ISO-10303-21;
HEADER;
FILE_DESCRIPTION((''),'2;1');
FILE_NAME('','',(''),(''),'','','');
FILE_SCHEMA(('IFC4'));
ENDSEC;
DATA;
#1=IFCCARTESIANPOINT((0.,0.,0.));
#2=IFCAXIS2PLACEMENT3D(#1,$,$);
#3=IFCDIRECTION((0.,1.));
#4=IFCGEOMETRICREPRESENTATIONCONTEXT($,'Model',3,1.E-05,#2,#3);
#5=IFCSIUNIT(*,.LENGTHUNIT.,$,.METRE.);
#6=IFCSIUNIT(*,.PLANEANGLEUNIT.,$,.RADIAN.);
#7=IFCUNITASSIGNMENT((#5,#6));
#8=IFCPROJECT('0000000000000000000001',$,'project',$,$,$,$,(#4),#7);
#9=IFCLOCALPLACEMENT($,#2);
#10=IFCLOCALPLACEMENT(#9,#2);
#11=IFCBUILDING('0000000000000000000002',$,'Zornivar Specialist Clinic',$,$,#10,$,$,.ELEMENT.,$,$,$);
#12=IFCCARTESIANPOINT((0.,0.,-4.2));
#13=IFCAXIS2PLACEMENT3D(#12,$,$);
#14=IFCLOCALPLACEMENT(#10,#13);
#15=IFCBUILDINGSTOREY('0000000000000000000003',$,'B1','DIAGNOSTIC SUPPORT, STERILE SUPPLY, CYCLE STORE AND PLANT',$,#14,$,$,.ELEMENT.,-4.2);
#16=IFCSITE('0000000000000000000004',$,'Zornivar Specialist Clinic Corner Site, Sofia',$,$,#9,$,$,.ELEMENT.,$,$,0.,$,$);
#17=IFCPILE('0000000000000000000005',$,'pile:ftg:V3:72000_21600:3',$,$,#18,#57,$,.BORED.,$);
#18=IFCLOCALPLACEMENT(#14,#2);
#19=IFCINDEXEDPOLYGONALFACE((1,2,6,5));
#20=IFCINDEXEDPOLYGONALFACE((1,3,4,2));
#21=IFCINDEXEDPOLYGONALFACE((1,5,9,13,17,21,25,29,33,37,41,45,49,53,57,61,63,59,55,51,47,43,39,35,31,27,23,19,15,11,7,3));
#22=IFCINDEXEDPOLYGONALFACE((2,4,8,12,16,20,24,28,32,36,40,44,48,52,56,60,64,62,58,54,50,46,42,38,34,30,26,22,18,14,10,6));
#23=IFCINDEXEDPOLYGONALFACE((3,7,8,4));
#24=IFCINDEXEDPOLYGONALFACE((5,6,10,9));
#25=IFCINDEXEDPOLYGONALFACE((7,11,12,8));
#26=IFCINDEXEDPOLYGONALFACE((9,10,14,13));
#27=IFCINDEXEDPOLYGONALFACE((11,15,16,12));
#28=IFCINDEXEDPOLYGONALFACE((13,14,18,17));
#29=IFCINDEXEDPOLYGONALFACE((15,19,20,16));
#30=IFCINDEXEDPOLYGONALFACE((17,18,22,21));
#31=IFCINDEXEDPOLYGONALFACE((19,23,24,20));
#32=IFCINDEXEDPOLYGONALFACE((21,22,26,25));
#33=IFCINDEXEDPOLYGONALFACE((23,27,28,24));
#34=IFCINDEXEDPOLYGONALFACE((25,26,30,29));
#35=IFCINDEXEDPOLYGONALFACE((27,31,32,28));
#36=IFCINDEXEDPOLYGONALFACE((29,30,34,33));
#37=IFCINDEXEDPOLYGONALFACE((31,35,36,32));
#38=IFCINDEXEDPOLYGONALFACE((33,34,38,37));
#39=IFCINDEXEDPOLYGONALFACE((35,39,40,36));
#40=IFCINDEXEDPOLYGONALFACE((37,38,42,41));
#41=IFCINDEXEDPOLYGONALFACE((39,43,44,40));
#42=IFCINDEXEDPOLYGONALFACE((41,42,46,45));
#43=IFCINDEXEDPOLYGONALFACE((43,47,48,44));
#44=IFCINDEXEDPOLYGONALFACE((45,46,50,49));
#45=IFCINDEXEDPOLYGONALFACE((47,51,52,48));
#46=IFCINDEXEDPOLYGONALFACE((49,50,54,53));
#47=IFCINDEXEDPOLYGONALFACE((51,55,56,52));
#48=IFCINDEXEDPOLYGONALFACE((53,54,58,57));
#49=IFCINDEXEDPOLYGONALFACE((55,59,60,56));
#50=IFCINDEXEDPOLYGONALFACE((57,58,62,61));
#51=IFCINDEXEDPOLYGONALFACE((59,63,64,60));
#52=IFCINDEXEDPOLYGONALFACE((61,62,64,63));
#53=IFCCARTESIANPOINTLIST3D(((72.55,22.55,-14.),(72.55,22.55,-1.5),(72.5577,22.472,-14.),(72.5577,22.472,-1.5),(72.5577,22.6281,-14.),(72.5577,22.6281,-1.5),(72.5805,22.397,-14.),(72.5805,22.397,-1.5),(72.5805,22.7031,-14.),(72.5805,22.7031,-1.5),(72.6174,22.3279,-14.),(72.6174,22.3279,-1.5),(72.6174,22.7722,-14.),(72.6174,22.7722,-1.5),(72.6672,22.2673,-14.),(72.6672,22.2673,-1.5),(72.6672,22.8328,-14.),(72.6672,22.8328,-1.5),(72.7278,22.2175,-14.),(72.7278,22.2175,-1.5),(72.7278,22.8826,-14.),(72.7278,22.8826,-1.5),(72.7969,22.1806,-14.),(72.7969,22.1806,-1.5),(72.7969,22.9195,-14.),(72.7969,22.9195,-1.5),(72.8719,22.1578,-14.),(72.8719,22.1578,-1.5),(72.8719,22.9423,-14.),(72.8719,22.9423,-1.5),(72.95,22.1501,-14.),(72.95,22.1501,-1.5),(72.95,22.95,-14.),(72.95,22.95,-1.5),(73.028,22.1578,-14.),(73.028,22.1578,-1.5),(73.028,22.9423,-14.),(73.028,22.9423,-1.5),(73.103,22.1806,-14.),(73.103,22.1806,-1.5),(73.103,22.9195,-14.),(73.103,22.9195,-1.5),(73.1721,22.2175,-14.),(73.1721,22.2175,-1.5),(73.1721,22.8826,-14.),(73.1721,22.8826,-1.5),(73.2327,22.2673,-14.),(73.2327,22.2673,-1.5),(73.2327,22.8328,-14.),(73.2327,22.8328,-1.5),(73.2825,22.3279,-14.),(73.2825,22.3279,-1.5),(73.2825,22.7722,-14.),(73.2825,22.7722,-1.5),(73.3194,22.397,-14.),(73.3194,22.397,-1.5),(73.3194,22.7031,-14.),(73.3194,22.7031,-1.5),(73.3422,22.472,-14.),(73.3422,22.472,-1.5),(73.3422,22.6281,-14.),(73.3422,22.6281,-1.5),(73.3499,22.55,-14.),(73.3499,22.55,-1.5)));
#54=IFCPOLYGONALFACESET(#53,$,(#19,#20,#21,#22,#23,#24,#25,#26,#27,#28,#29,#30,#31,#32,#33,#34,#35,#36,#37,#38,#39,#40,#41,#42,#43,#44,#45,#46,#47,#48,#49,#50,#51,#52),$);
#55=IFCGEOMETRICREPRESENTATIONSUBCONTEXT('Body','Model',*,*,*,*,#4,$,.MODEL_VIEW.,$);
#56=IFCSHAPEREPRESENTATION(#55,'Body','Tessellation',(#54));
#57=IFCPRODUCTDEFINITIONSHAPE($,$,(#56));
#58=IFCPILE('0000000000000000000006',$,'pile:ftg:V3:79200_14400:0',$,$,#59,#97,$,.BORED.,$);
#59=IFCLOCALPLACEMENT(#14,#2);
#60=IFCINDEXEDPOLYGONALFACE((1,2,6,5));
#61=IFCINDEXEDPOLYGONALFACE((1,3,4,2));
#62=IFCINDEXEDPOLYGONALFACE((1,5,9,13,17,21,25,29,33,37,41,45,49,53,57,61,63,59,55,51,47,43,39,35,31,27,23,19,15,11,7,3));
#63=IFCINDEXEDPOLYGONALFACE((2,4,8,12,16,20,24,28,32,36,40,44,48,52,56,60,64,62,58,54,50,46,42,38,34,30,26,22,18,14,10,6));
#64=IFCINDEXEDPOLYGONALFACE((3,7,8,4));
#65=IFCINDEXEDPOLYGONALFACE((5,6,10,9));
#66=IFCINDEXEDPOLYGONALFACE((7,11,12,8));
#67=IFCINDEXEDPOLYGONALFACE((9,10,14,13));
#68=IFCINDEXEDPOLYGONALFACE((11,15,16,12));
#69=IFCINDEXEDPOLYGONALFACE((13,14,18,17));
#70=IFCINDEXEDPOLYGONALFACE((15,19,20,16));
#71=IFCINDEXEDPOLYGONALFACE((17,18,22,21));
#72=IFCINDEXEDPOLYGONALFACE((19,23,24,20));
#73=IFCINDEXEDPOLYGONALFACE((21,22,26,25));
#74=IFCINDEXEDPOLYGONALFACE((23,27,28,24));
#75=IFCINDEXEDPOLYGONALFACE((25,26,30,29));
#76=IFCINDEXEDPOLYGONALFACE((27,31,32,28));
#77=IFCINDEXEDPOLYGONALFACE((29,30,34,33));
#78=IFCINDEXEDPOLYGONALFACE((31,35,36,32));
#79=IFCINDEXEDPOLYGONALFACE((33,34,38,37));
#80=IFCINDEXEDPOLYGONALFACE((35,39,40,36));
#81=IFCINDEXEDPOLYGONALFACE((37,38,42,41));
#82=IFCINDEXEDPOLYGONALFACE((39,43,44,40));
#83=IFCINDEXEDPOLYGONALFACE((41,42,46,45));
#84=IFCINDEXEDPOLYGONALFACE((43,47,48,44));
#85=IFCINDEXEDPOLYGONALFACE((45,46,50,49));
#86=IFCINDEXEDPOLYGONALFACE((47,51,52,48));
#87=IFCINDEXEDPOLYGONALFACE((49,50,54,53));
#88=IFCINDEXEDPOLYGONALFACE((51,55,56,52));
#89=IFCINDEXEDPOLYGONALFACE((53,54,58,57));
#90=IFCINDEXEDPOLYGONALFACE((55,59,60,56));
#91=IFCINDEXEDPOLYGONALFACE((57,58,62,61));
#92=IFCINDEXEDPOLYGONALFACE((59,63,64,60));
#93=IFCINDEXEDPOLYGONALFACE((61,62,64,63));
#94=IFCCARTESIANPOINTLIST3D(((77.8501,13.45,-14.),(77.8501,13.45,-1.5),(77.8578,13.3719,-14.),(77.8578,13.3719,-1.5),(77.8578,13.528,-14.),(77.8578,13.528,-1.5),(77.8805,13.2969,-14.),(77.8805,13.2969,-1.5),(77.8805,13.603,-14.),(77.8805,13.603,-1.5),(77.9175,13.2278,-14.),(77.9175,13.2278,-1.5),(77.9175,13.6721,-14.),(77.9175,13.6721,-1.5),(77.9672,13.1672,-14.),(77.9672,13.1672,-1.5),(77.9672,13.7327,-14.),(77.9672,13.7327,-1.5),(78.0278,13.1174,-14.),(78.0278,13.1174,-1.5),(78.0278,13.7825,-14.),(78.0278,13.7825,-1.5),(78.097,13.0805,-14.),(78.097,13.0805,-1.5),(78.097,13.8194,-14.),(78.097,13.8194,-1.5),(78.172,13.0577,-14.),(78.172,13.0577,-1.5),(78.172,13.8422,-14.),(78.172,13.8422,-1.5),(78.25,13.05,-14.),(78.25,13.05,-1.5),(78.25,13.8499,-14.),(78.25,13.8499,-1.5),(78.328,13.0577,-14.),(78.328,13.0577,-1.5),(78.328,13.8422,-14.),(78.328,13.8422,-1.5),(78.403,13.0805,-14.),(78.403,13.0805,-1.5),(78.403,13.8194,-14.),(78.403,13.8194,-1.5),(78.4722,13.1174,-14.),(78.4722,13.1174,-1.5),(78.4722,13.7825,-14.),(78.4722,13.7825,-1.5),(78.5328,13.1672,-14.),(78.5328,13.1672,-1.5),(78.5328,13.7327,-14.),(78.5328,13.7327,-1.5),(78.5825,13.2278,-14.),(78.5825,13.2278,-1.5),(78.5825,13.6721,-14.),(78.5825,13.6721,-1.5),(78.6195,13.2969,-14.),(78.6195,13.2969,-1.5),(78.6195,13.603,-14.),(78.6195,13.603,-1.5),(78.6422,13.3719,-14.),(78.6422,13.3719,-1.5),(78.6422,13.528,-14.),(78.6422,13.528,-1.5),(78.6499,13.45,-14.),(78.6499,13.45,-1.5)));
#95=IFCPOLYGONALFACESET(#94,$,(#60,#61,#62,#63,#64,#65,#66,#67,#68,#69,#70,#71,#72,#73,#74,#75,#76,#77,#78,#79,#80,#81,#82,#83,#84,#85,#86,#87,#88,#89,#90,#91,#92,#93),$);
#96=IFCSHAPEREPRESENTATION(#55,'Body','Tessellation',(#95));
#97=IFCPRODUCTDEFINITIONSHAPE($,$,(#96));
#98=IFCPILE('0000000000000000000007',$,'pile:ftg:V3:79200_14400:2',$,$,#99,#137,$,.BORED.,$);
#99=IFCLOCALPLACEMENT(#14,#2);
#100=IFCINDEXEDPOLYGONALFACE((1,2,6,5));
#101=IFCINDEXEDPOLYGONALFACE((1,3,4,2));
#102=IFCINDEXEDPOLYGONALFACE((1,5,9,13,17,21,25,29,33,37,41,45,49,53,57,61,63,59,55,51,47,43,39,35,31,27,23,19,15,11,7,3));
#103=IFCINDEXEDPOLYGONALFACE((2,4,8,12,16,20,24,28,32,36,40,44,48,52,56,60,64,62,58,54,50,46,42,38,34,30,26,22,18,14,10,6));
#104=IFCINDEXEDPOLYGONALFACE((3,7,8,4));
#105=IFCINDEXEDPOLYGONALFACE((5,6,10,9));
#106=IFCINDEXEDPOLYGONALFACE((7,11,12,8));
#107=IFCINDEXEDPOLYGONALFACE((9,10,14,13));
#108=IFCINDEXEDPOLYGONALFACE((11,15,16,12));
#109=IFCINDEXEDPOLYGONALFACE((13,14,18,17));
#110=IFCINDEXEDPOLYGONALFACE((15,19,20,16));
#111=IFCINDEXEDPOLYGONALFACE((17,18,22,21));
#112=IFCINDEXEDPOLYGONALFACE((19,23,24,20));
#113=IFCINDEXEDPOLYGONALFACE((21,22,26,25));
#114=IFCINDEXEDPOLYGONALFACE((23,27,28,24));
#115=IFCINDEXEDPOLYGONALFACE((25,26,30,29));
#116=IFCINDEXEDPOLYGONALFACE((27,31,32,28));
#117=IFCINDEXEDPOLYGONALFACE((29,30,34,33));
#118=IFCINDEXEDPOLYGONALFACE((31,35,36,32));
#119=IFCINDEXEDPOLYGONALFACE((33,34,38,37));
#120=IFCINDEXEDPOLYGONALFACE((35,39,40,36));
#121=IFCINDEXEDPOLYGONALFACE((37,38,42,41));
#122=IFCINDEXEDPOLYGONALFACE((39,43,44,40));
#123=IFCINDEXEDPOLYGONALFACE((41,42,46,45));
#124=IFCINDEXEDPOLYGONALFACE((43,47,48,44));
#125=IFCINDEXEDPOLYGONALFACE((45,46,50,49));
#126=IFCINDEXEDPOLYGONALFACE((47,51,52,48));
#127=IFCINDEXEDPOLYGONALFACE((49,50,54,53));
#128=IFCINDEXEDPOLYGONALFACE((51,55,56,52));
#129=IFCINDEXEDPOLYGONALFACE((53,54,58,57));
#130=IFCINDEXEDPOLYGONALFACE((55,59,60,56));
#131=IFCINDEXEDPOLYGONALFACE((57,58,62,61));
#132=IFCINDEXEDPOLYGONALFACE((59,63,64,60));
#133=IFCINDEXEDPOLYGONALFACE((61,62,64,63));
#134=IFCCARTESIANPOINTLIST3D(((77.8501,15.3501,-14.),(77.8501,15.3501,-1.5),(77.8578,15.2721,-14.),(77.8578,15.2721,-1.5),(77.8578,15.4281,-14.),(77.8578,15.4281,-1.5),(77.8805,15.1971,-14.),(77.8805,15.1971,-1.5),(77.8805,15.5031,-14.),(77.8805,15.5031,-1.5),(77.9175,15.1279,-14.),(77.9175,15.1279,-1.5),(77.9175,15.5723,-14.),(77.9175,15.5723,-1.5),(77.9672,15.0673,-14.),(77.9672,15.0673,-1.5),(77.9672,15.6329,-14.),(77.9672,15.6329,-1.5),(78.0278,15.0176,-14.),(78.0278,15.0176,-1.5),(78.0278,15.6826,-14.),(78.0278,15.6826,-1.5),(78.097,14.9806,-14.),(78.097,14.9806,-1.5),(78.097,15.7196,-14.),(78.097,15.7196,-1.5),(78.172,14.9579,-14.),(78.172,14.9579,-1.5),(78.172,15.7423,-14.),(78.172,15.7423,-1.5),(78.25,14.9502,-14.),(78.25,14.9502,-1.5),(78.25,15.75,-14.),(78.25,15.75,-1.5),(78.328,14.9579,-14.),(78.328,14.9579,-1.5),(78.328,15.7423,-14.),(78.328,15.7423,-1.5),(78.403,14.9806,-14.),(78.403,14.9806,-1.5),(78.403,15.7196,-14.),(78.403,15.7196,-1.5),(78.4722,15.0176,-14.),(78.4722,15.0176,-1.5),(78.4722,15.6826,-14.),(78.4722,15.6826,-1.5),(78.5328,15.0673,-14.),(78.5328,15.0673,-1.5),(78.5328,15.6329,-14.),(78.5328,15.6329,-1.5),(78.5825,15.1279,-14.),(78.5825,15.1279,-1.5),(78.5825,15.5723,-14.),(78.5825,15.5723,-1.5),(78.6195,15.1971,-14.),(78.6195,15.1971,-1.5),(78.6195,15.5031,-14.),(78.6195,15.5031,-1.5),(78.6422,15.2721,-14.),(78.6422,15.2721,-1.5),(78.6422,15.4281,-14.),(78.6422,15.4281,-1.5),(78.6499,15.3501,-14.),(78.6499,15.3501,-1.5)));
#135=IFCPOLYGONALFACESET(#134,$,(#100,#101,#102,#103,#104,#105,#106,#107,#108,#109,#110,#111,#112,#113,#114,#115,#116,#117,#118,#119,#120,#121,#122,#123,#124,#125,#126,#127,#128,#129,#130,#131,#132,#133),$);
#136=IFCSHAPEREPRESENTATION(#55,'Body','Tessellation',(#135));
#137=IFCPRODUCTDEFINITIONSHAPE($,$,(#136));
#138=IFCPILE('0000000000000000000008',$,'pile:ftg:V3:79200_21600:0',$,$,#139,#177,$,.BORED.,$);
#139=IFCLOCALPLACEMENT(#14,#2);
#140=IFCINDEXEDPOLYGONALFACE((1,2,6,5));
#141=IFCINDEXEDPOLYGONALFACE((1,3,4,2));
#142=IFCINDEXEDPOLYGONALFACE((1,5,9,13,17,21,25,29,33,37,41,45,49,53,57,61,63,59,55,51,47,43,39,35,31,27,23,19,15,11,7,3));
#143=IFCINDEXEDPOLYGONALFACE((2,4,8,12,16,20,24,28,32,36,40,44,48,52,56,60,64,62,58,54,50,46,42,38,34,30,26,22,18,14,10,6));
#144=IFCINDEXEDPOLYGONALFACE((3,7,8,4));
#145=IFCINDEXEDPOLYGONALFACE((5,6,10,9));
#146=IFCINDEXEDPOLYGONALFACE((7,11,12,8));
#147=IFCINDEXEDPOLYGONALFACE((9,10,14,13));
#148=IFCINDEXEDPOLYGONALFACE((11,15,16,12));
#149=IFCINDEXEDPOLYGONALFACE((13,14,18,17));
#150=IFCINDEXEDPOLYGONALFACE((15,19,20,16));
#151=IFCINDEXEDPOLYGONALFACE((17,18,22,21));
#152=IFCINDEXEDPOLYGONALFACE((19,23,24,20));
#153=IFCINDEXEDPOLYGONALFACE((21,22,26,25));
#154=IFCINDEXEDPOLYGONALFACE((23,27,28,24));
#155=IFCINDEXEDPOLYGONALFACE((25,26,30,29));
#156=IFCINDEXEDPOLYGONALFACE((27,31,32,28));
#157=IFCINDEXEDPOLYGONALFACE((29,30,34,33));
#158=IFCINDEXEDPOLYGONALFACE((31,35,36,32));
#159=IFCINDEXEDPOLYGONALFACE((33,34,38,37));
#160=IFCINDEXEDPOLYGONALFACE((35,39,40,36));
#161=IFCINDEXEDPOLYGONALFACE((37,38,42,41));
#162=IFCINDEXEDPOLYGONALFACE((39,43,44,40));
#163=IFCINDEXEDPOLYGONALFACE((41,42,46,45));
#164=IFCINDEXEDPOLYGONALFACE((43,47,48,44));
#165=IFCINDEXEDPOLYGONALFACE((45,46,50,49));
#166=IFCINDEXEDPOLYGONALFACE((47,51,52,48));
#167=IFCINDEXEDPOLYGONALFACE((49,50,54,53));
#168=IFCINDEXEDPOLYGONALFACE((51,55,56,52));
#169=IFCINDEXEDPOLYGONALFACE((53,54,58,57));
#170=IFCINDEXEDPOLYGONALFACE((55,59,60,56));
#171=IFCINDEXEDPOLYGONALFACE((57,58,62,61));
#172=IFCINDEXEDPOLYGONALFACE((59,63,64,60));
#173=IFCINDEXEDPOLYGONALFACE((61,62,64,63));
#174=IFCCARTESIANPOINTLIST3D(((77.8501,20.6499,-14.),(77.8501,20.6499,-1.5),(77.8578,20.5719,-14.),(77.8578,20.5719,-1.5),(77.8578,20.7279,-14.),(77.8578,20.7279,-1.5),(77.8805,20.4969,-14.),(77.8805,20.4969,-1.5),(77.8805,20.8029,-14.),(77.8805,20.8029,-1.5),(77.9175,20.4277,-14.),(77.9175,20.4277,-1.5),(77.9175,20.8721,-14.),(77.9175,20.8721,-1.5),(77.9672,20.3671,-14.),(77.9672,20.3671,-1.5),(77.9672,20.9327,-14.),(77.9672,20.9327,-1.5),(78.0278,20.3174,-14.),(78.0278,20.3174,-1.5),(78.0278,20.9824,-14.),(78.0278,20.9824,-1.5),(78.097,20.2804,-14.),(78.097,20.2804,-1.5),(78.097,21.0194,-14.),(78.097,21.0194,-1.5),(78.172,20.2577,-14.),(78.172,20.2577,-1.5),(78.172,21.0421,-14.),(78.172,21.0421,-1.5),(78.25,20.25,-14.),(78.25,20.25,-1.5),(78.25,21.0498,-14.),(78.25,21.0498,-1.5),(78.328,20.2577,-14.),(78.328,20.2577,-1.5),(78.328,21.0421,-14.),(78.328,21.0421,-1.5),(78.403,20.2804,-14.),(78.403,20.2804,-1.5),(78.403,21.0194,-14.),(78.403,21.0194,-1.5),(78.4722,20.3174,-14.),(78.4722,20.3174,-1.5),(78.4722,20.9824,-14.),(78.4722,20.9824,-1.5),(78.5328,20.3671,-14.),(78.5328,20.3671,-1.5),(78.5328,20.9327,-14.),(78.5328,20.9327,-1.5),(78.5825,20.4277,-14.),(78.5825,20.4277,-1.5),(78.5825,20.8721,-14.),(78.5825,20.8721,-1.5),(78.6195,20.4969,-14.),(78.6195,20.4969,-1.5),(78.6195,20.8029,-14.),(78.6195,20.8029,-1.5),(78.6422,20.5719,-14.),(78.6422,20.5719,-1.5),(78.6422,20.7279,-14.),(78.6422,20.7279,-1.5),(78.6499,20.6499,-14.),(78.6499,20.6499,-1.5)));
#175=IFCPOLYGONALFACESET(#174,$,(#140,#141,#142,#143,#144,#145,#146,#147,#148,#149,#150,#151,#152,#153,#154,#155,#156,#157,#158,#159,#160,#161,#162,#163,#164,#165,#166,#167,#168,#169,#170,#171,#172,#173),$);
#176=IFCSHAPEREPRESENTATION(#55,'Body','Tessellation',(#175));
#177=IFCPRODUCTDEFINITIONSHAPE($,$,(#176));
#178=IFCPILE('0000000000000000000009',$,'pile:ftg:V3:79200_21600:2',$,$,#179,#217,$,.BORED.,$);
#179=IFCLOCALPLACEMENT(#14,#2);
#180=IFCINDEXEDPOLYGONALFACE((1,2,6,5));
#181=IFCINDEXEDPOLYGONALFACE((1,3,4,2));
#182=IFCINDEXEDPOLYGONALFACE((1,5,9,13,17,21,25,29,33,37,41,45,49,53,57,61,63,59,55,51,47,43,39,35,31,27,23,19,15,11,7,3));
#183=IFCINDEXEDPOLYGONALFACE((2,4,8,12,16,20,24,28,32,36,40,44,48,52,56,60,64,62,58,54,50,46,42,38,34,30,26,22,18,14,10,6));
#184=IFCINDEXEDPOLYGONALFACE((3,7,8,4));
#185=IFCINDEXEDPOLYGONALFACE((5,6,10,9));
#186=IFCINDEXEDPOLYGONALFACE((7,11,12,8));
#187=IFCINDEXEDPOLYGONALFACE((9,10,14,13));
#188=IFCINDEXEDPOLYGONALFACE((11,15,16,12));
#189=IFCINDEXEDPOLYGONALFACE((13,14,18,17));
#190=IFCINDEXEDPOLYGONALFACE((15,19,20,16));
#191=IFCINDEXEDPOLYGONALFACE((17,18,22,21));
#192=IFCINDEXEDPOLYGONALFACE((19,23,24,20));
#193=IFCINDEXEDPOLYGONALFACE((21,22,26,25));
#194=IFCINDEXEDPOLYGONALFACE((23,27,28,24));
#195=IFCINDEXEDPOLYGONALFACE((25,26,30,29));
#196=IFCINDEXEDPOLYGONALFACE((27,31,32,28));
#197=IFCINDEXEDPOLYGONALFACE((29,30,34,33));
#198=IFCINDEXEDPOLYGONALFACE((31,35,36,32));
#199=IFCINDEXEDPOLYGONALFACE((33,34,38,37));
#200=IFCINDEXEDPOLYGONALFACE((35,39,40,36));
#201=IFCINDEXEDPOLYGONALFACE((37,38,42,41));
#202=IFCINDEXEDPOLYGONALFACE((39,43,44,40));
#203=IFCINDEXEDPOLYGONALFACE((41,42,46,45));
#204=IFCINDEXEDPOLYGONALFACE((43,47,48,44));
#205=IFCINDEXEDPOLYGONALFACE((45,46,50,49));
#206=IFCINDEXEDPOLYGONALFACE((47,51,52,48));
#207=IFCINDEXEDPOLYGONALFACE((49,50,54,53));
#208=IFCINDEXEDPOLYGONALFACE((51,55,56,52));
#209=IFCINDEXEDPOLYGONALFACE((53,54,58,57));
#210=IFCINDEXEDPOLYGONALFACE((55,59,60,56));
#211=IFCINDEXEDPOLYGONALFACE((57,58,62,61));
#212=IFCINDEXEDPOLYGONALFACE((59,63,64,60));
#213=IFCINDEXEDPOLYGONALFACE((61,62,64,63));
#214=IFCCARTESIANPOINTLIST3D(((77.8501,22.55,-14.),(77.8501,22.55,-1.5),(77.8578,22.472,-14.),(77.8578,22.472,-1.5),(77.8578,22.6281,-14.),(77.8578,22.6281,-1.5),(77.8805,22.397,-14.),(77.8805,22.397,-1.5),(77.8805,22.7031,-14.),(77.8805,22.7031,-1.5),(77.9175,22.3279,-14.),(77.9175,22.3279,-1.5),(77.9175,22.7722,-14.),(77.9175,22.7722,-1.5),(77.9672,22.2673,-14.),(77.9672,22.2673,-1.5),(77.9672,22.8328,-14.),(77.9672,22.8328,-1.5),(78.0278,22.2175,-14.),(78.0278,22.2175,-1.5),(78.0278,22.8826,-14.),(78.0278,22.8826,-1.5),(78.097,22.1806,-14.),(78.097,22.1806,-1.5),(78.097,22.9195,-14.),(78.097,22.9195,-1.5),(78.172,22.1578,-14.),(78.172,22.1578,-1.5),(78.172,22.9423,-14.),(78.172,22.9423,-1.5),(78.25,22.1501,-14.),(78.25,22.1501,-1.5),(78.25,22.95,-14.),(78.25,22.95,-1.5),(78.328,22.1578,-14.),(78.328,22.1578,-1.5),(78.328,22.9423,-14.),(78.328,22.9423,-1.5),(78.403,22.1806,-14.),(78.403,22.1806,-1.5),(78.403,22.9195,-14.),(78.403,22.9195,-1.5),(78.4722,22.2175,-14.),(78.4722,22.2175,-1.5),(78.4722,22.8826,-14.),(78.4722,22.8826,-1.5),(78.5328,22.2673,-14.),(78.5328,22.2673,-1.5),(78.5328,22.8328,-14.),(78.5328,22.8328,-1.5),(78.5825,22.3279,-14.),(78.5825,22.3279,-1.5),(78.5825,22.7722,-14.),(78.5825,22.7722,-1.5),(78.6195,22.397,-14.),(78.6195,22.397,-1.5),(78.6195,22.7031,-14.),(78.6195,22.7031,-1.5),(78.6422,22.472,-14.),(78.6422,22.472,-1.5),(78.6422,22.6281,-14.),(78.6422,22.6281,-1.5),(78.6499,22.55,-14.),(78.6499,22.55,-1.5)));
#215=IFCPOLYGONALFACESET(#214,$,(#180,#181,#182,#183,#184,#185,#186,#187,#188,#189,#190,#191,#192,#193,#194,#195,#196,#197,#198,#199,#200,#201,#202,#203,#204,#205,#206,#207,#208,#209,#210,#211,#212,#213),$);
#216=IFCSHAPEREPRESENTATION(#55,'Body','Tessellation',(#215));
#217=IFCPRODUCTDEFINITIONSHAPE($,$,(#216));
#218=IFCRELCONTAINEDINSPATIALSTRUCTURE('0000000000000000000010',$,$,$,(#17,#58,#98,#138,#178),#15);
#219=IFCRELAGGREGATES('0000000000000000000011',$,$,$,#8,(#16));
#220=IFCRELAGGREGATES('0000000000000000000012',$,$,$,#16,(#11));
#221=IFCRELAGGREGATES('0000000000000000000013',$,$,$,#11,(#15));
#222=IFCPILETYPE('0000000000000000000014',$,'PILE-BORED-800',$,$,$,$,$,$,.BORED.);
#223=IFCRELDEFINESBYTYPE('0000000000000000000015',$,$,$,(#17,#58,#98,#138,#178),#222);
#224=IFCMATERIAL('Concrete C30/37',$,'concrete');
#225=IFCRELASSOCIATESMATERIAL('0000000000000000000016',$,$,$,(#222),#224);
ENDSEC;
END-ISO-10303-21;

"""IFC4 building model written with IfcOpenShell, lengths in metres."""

from ifc_helpers import new_model, si_unit, direction, frame, origin, origin_2d, place, context, subcontext, project, spatial, circle, extrude, material, material_profile, profile_set, type_object, element, save


model = new_model("IFC4")

# Units and contexts
model_context = context("Model", 3, precision=1e-05, world=origin(), true_north=direction((0.0, 1.0)))
body_context = subcontext(model_context, "Body", "Model", "MODEL_VIEW")
ifc_project = project(units=[si_unit("LENGTHUNIT", "METRE"), si_unit("PLANEANGLEUNIT", "RADIAN")], contexts=[model_context])

# Site, building, storey
site_placement = place(None, origin())
site = spatial("IfcSite", under=ifc_project, at=site_placement, Name="Zornivar Specialist Clinic Corner Site, Sofia", CompositionType="ELEMENT", RefElevation=0.0)
building_placement = place(site_placement, origin())
building = spatial("IfcBuilding", under=site, at=building_placement, Name="Zornivar Specialist Clinic", CompositionType="ELEMENT")
storey_placement = place(building_placement, frame((0.0, 0.0, -4.2)))
storey = spatial("IfcBuildingStorey", under=building, at=storey_placement, Name="B1", Description="DIAGNOSTIC SUPPORT, STERILE SUPPLY, CYCLE STORE AND PLANT", CompositionType="ELEMENT", Elevation=-4.2)

# Piles
ifc_material_1 = material(Name="Concrete C30/37", Category="concrete")
ifc_material_profile_1 = material_profile(ifc_material_1, circle(Radius=0.3999, at=origin_2d()), Name="PILE D800")
ifc_profile_set_1 = profile_set([ifc_material_profile_1], Name="Concrete C30/37")
pile_type = type_object("IfcPileType", Name="PILE-BORED-800", PredefinedType="BORED", material=ifc_profile_set_1)
for number, where, z_axis, x_axis, name in (
    (1, (72.95, 22.55, -1.5), (0.0, 0.0, -1.0), (1.0, 0.0, 0.0), "pile:ftg:V3:72000_21600:3"),
    (2, (78.25, 13.45, -1.5), (0.0, 0.0, -1.0), (1.0, 0.0, 0.0), "pile:ftg:V3:79200_14400:0"),
    (3, (78.25, 15.3501, -1.5), (0.0, 0.0, -1.0), (1.0, 0.0, 0.0), "pile:ftg:V3:79200_14400:2"),
    (4, (78.25, 20.6499, -1.5), (0.0, 0.0, -1.0), (1.0, 0.0, 0.0), "pile:ftg:V3:79200_21600:0"),
    (5, (78.25, 22.55, -1.5), (0.0, 0.0, -1.0), (1.0, 0.0, 0.0), "pile:ftg:V3:79200_21600:2"),
):
    element("IfcPile", number, at=place(storey_placement, frame(where, z_axis=z_axis, x_axis=x_axis)), inside=storey, type_object=pile_type, Name=name, PredefinedType="BORED", context=body_context, shape_type="SweptSolid", body=[
        extrude(circle(Radius=0.3999, at=origin_2d()), origin(), (0.0, 0.0, 1.0), 12.5),
    ])

save(model, "model.ifc")
